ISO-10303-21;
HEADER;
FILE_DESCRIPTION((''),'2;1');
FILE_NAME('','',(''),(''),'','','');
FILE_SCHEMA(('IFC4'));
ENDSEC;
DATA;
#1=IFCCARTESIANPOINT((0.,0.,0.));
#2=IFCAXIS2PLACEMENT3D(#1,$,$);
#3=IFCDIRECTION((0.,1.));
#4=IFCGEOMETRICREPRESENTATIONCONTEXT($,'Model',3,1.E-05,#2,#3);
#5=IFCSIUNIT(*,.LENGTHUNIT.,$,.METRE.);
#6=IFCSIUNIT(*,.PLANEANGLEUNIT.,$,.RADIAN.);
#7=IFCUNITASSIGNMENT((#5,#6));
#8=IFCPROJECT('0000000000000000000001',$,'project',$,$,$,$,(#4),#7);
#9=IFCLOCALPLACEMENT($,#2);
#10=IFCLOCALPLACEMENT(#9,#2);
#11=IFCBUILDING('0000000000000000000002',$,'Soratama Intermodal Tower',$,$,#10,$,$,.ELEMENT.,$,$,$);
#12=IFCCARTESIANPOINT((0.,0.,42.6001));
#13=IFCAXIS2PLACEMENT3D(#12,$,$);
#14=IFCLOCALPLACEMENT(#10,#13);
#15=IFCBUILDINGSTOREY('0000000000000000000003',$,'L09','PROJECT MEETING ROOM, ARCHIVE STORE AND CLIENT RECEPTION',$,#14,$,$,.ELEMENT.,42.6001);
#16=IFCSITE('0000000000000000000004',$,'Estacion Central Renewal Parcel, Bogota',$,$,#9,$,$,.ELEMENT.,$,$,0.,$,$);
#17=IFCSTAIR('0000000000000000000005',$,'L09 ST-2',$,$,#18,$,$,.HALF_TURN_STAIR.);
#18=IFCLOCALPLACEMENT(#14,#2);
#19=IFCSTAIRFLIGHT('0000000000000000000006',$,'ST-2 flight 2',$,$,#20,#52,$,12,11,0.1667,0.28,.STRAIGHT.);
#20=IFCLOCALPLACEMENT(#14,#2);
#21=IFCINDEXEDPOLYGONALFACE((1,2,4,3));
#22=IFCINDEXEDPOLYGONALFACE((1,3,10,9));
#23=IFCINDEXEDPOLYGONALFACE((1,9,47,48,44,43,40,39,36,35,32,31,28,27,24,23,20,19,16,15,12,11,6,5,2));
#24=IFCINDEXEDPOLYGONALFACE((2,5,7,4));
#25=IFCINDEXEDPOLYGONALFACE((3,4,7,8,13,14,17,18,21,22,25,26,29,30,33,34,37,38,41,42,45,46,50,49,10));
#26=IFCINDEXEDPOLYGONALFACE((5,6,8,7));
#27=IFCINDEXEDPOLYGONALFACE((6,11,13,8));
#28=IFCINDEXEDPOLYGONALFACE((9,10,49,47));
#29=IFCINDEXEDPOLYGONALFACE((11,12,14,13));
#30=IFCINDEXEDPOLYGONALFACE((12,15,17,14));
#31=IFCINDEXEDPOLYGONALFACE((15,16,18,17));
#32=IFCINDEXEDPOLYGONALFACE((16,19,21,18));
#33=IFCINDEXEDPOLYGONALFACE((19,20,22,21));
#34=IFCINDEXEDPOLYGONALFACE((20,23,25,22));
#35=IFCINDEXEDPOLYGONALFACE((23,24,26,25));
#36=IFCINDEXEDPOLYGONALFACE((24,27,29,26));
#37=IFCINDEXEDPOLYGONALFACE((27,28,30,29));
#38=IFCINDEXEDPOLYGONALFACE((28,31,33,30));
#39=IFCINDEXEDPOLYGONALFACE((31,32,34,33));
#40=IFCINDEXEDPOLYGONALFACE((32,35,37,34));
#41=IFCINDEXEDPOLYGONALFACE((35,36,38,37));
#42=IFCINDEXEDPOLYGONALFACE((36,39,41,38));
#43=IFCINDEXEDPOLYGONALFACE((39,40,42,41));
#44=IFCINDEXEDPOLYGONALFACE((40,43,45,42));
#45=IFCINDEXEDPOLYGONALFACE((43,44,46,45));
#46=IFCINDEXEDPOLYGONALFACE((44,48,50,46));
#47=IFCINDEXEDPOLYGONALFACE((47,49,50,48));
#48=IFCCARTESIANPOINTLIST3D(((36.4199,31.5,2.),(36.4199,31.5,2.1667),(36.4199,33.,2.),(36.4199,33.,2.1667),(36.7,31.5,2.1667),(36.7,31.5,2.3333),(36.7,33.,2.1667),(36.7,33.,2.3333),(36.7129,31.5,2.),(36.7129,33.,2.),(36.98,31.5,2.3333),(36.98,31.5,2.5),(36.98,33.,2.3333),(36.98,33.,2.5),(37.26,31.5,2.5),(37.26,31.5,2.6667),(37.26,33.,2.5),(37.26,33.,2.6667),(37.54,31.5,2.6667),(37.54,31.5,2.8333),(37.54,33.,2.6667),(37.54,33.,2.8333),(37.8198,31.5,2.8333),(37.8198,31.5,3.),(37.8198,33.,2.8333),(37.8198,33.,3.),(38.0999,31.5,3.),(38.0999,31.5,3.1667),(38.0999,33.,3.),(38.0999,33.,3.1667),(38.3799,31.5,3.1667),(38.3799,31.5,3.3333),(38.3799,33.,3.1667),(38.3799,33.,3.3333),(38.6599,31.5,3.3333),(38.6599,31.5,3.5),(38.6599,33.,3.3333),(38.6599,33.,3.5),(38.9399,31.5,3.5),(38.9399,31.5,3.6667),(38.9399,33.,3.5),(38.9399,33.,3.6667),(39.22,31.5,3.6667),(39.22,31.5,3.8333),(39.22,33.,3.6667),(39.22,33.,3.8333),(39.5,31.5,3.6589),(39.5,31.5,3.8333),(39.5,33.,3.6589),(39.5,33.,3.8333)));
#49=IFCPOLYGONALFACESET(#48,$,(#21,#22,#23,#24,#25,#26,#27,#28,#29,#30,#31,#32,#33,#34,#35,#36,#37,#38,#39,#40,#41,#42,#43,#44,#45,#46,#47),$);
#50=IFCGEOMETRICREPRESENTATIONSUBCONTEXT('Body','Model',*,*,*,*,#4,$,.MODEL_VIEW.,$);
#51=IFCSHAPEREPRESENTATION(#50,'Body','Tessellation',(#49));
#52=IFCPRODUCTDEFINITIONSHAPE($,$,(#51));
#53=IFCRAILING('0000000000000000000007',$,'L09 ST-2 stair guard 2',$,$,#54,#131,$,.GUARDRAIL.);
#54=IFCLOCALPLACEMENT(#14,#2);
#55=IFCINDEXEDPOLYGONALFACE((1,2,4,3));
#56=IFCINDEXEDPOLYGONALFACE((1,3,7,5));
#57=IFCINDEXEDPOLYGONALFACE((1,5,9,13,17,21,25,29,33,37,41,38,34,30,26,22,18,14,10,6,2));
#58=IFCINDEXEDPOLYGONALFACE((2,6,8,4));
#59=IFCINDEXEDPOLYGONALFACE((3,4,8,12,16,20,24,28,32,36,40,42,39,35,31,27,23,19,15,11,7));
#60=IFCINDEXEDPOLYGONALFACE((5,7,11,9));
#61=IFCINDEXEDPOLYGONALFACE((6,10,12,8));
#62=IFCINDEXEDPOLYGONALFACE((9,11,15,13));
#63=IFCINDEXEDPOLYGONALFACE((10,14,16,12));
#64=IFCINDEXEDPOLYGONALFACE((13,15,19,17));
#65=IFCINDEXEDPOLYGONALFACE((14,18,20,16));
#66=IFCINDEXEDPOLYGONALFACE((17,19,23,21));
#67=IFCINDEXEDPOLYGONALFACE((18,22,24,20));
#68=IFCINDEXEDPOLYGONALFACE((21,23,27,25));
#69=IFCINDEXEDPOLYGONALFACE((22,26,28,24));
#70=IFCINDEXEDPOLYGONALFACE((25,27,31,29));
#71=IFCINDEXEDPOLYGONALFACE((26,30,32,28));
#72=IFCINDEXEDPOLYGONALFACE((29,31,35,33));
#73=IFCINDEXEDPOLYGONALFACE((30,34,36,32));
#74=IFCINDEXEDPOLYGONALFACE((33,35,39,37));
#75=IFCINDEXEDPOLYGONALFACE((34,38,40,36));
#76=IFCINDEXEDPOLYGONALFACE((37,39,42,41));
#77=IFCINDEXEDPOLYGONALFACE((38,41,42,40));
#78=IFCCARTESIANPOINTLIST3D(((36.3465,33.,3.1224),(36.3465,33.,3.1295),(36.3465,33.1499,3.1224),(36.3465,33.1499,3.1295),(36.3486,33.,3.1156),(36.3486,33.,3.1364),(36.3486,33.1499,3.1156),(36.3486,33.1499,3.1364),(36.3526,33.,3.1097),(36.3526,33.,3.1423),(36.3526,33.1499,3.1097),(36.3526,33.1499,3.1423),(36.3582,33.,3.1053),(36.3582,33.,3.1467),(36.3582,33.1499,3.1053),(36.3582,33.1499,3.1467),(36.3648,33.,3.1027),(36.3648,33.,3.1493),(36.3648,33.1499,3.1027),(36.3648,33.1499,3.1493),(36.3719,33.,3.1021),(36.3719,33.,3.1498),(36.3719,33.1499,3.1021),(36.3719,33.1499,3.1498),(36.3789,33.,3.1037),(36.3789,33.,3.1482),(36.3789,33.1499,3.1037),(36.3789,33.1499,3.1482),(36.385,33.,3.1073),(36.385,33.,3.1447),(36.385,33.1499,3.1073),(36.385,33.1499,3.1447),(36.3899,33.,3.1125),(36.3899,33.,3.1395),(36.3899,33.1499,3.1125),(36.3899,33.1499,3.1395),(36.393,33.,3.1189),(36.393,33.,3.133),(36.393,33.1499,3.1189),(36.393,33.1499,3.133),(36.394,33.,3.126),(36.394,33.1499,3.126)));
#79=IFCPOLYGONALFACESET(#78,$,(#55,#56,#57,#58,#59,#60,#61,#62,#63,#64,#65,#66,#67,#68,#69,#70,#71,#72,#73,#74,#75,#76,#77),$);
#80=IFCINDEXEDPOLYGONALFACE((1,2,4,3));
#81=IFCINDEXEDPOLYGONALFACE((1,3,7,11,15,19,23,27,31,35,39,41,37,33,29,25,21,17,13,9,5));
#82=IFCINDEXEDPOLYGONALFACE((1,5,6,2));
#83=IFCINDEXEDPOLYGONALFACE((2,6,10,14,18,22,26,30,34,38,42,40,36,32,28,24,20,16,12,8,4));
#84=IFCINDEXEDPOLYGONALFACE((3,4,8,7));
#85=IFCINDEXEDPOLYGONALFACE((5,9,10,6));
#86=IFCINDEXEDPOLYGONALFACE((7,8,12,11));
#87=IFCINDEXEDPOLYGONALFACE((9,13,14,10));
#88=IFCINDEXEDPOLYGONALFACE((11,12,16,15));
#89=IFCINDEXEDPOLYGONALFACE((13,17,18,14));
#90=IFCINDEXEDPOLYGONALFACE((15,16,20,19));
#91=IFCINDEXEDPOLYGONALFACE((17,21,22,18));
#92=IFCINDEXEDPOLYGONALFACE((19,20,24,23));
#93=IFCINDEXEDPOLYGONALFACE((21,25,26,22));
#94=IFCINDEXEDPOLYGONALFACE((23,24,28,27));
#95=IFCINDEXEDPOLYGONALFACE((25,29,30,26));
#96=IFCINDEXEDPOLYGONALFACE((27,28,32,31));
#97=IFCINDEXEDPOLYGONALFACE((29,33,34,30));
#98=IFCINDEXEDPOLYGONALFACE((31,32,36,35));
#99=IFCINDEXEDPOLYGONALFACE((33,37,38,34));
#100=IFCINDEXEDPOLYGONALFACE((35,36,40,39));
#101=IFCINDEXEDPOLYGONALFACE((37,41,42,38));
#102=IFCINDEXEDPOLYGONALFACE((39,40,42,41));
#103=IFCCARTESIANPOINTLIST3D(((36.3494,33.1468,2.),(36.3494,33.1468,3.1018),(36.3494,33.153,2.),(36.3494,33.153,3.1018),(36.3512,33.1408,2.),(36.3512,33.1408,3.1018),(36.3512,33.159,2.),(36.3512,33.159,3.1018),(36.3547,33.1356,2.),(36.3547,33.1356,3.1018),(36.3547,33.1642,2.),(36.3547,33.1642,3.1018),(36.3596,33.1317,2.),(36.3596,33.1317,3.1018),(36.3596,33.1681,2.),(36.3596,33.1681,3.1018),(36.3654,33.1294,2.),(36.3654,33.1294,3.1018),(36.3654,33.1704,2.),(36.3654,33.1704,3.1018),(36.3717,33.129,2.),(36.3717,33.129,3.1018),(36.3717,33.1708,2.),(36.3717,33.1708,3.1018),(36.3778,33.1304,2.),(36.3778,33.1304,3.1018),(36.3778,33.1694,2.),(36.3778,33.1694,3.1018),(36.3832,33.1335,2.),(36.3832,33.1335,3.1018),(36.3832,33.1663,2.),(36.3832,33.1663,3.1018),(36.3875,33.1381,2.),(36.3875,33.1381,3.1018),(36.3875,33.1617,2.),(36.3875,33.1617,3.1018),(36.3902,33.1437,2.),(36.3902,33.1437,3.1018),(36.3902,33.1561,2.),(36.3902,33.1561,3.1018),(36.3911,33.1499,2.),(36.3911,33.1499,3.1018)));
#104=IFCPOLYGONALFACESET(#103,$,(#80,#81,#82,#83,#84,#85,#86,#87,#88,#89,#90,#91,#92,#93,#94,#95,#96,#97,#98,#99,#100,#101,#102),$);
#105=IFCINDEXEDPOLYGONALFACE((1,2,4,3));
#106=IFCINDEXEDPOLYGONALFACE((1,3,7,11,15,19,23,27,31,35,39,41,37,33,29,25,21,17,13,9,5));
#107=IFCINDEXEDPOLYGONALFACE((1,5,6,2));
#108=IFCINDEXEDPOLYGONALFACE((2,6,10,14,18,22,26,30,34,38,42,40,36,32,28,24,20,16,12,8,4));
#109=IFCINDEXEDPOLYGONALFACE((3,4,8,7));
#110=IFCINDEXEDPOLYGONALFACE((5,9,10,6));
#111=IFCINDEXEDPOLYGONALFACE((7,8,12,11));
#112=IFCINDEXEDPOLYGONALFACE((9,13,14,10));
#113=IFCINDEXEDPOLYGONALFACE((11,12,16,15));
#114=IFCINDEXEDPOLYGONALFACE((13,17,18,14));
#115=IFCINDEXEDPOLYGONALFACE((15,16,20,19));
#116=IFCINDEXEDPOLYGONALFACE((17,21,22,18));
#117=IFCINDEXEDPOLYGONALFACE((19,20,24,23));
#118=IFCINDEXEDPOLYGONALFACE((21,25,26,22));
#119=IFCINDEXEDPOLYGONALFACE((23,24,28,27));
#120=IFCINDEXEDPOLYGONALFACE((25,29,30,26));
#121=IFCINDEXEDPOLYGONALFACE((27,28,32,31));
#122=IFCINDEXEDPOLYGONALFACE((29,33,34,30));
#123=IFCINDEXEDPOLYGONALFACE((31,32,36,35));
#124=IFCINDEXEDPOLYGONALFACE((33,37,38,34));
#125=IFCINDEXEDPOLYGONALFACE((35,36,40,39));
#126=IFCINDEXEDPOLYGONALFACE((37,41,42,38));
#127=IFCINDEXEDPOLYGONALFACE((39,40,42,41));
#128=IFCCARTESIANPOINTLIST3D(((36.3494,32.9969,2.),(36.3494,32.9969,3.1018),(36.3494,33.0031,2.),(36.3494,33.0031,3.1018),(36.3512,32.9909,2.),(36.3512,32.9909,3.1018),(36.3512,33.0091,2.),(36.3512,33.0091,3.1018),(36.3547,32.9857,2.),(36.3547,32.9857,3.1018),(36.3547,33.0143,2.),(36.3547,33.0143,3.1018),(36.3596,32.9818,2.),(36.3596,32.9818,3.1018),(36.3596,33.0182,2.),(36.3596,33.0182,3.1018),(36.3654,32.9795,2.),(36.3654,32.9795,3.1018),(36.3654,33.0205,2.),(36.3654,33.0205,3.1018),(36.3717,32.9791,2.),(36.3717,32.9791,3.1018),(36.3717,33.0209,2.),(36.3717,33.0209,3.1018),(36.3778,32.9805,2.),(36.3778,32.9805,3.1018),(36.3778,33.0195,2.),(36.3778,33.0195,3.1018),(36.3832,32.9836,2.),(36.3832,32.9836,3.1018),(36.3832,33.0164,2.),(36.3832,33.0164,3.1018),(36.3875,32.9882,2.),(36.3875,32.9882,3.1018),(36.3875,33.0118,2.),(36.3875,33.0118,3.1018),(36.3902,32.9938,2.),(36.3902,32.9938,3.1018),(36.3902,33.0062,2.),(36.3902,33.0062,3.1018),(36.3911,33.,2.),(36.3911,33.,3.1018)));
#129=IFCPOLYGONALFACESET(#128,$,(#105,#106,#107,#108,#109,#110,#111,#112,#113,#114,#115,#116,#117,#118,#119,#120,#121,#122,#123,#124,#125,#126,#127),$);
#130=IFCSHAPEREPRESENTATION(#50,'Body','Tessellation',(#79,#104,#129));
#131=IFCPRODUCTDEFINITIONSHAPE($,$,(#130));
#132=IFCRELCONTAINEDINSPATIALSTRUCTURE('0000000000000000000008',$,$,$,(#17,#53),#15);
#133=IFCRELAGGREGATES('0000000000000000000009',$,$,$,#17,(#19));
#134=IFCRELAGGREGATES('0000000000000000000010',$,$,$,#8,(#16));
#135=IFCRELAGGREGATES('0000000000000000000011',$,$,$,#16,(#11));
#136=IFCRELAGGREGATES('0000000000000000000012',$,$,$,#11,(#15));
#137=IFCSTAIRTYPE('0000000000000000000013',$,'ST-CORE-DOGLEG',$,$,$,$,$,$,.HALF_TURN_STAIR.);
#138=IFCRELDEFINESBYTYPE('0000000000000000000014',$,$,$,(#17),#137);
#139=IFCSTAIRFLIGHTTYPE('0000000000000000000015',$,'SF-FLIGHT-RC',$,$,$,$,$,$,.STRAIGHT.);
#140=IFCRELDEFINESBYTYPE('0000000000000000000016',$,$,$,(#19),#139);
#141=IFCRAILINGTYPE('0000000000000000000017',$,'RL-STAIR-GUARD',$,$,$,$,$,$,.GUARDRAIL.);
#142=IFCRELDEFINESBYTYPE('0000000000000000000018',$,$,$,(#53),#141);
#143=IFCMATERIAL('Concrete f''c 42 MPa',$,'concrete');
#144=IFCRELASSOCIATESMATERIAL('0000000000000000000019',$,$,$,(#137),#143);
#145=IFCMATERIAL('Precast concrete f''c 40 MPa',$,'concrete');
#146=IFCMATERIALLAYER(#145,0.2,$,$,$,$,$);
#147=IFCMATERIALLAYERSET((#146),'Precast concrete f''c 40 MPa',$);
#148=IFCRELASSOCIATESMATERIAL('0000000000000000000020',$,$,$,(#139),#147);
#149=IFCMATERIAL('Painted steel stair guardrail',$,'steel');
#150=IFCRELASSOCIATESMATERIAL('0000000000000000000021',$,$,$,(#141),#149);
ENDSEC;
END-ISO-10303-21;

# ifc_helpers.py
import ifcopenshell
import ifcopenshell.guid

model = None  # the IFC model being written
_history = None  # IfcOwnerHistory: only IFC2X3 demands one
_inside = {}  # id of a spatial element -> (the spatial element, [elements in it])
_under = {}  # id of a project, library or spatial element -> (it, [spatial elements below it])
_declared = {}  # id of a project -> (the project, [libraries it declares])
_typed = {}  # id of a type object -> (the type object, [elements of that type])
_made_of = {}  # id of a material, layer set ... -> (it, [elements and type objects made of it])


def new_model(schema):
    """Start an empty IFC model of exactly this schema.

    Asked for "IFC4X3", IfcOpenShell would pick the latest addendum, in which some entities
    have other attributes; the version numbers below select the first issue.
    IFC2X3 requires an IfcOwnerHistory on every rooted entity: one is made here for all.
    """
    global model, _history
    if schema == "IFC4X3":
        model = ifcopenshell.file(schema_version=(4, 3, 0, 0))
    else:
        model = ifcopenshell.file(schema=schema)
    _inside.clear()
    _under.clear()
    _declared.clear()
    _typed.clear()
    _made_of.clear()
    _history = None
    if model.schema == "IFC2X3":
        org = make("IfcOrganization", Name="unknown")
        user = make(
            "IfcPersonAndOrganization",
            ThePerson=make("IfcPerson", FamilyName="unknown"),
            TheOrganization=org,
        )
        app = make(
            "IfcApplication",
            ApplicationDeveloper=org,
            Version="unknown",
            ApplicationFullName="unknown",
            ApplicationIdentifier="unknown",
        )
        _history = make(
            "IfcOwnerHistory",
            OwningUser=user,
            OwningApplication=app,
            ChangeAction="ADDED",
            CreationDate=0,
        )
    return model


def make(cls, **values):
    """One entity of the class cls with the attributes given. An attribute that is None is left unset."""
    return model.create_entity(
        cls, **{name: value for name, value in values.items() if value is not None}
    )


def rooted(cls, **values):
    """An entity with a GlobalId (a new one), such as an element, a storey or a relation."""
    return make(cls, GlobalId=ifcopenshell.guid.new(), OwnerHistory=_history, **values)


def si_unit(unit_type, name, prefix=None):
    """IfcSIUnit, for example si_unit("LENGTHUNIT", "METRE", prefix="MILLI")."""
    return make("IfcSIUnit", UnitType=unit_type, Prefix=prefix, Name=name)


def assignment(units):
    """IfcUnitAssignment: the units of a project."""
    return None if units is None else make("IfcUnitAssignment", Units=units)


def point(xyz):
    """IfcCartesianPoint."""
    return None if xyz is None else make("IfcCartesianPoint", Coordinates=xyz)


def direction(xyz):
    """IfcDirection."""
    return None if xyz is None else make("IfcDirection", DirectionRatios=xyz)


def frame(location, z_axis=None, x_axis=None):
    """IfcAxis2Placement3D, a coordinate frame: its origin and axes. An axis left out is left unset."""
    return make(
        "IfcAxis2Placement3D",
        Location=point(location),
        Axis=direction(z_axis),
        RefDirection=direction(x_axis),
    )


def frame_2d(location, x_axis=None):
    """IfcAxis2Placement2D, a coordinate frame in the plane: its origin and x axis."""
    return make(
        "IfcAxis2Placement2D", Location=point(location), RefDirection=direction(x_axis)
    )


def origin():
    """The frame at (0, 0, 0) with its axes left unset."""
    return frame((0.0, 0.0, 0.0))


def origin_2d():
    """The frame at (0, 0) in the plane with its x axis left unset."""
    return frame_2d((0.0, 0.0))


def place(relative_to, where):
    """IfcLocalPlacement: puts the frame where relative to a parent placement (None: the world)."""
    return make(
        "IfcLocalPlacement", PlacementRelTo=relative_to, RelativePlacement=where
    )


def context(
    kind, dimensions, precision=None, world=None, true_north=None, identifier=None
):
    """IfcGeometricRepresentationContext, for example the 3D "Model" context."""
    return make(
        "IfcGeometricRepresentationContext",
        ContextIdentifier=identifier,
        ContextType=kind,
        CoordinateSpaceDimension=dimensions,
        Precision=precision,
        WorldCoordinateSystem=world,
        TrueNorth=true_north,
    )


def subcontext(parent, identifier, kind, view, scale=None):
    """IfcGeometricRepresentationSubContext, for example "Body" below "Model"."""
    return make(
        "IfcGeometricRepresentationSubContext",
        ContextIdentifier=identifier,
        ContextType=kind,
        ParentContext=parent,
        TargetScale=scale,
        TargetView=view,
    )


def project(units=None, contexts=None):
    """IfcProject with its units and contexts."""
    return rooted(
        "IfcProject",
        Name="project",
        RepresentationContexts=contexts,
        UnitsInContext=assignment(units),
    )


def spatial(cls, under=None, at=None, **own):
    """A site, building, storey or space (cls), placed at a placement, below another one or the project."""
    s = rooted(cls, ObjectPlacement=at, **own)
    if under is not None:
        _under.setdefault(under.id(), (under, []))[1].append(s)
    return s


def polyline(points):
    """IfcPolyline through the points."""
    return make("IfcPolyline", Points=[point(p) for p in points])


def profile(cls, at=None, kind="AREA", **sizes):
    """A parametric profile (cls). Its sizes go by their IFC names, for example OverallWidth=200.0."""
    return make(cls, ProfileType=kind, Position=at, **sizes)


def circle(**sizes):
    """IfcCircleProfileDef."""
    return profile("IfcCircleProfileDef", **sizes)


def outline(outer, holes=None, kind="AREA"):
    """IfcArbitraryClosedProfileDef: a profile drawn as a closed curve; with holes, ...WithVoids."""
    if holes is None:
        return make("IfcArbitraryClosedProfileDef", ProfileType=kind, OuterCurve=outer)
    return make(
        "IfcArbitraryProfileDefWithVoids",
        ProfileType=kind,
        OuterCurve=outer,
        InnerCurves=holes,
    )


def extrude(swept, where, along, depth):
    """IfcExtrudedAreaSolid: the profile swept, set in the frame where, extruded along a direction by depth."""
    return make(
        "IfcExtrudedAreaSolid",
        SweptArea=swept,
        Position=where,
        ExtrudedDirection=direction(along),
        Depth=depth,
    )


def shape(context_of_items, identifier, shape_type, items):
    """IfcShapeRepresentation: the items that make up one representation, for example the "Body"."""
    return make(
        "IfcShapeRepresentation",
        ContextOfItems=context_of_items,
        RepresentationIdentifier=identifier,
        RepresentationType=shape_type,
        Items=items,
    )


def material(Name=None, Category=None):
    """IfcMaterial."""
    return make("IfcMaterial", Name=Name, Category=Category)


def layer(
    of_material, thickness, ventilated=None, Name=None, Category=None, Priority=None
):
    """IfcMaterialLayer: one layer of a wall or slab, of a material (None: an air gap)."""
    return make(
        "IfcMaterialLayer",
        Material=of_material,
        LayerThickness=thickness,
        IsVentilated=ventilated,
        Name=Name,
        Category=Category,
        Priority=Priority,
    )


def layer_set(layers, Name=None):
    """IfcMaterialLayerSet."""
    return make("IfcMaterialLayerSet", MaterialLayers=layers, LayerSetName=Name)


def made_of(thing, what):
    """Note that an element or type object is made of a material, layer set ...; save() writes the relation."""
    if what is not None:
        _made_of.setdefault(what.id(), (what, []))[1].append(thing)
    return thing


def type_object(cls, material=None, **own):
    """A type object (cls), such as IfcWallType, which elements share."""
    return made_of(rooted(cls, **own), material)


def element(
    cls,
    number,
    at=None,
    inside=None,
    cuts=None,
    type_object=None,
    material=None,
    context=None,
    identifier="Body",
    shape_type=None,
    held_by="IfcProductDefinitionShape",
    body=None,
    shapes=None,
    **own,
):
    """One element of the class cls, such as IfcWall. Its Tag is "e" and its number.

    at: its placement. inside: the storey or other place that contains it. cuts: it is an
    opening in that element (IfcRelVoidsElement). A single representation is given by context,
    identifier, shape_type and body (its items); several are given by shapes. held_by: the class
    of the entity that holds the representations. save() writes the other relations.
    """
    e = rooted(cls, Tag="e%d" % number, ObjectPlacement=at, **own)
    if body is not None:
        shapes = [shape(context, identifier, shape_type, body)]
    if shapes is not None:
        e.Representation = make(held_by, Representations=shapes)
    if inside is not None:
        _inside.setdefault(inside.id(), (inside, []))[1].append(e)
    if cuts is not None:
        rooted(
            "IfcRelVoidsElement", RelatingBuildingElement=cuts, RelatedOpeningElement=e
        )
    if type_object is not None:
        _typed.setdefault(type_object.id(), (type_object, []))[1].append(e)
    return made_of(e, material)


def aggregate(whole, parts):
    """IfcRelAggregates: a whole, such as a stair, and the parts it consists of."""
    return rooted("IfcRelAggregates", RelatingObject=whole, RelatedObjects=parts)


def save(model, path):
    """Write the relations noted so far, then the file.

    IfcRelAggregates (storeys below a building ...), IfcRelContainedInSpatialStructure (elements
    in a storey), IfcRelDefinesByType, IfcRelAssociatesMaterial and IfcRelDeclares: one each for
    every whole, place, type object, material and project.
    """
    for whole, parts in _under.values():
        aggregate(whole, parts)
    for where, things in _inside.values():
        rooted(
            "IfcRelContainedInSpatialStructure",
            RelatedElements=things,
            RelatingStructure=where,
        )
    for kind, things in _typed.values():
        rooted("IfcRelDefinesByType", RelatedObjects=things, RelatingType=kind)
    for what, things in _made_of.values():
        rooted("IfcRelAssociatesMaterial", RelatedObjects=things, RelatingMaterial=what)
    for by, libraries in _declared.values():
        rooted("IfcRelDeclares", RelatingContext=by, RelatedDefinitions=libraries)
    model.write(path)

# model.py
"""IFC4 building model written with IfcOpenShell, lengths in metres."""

from ifc_helpers import new_model, si_unit, direction, frame, origin, origin_2d, place, context, subcontext, project, spatial, polyline, circle, outline, extrude, material, layer, layer_set, type_object, element, aggregate, save


model = new_model("IFC4")

# Units and contexts
model_context = context("Model", 3, precision=1e-05, world=origin(), true_north=direction((0.0, 1.0)))
body_context = subcontext(model_context, "Body", "Model", "MODEL_VIEW")
ifc_project = project(units=[si_unit("LENGTHUNIT", "METRE"), si_unit("PLANEANGLEUNIT", "RADIAN")], contexts=[model_context])

# Site, building, storey
site_placement = place(None, origin())
site = spatial("IfcSite", under=ifc_project, at=site_placement, Name="Estacion Central Renewal Parcel, Bogota", CompositionType="ELEMENT", RefElevation=0.0)
building_placement = place(site_placement, origin())
building = spatial("IfcBuilding", under=site, at=building_placement, Name="Soratama Intermodal Tower", CompositionType="ELEMENT")
storey_placement = place(building_placement, frame((0.0, 0.0, 42.6001)))
storey = spatial("IfcBuildingStorey", under=building, at=storey_placement, Name="L09", Description="PROJECT MEETING ROOM, ARCHIVE STORE AND CLIENT RECEPTION", CompositionType="ELEMENT", Elevation=42.6001)

# Stair, stair flight
ifc_material_1 = material(Name="Concrete f'c 42 MPa", Category="concrete")
stair_type = type_object("IfcStairType", Name="ST-CORE-DOGLEG", PredefinedType="HALF_TURN_STAIR", material=ifc_material_1)
stair_placement = place(storey_placement, origin())
stair = element("IfcStair", 1, at=stair_placement, inside=storey, type_object=stair_type, Name="L09 ST-2", PredefinedType="HALF_TURN_STAIR")
ifc_material_2 = material(Name="Precast concrete f'c 40 MPa", Category="concrete")
ifc_layer_1 = layer(ifc_material_2, 0.2)
ifc_layer_set_1 = layer_set([ifc_layer_1], Name="Precast concrete f'c 40 MPa")
stair_flight_type = type_object("IfcStairFlightType", Name="SF-FLIGHT-RC", PredefinedType="STRAIGHT", material=ifc_layer_set_1)
stair_flight_placement = place(storey_placement, frame((36.4199, 32.25, 2.0), z_axis=(0.0, 0.0, 1.0), x_axis=(1.0, 0.0, 0.0)))
stair_flight = element("IfcStairFlight", 2, at=stair_flight_placement, type_object=stair_flight_type, Name="ST-2 flight 2", NumberOfRisers=12, NumberOfTreads=11, PredefinedType="STRAIGHT", RiserHeight=0.1667, TreadLength=0.28, context=body_context, shape_type="SweptSolid", body=[
    extrude(outline(polyline([(0.0, 0.0), (0.0, 0.1667), (0.28, 0.1667), (0.28, 0.3333), (0.5601, 0.3333), (0.5601, 0.5), (0.8401, 0.5), (0.8401, 0.6667), (1.1201, 0.6667), (1.1201, 0.8333), (1.3999, 0.8333), (1.3999, 1.0), (1.6799, 1.0), (1.6799, 1.1667), (1.96, 1.1667), (1.96, 1.3333), (2.24, 1.3333), (2.24, 1.5), (2.52, 1.5), (2.52, 1.6667), (2.8, 1.6667), (2.8, 1.8333), (3.0801, 1.8333), (3.0801, 2.0), (3.0801, 1.6589), (0.293, 0.0), (0.0, 0.0)])), frame((0.0, 0.75, 0.0), z_axis=(0.0, -1.0, 0.0), x_axis=(1.0, 0.0, 0.0)), (0.0, 0.0, 1.0), 1.5),
])
aggregate(stair, [stair_flight])

# Railing
ifc_material_3 = material(Name="Painted steel stair guardrail", Category="steel")
railing_type_1 = type_object("IfcRailingType", Name="RL-STAIR-GUARD", PredefinedType="GUARDRAIL", material=ifc_material_3)
railing_1_placement = place(storey_placement, frame((36.3701, 33.1499, 2.0)))
element("IfcRailing", 3, at=railing_1_placement, inside=storey, type_object=railing_type_1, Name="L09 ST-2 stair guard 2", PredefinedType="GUARDRAIL", context=body_context, shape_type="SweptSolid", body=[
    extrude(circle(Radius=0.0239, at=origin_2d()), frame((0.0, 0.0, 1.126), z_axis=(0.0, -1.0, 0.0), x_axis=(1.0, 0.0, 0.0)), (0.0, 0.0, 1.0), 0.1499),
    extrude(circle(Radius=0.021, at=origin_2d()), origin(), (0.0, 0.0, 1.0), 1.1018),
    extrude(circle(Radius=0.021, at=origin_2d()), frame((0.0, -0.1499, 0.0)), (0.0, 0.0, 1.0), 1.1018),
])

save(model, "model.ifc")
